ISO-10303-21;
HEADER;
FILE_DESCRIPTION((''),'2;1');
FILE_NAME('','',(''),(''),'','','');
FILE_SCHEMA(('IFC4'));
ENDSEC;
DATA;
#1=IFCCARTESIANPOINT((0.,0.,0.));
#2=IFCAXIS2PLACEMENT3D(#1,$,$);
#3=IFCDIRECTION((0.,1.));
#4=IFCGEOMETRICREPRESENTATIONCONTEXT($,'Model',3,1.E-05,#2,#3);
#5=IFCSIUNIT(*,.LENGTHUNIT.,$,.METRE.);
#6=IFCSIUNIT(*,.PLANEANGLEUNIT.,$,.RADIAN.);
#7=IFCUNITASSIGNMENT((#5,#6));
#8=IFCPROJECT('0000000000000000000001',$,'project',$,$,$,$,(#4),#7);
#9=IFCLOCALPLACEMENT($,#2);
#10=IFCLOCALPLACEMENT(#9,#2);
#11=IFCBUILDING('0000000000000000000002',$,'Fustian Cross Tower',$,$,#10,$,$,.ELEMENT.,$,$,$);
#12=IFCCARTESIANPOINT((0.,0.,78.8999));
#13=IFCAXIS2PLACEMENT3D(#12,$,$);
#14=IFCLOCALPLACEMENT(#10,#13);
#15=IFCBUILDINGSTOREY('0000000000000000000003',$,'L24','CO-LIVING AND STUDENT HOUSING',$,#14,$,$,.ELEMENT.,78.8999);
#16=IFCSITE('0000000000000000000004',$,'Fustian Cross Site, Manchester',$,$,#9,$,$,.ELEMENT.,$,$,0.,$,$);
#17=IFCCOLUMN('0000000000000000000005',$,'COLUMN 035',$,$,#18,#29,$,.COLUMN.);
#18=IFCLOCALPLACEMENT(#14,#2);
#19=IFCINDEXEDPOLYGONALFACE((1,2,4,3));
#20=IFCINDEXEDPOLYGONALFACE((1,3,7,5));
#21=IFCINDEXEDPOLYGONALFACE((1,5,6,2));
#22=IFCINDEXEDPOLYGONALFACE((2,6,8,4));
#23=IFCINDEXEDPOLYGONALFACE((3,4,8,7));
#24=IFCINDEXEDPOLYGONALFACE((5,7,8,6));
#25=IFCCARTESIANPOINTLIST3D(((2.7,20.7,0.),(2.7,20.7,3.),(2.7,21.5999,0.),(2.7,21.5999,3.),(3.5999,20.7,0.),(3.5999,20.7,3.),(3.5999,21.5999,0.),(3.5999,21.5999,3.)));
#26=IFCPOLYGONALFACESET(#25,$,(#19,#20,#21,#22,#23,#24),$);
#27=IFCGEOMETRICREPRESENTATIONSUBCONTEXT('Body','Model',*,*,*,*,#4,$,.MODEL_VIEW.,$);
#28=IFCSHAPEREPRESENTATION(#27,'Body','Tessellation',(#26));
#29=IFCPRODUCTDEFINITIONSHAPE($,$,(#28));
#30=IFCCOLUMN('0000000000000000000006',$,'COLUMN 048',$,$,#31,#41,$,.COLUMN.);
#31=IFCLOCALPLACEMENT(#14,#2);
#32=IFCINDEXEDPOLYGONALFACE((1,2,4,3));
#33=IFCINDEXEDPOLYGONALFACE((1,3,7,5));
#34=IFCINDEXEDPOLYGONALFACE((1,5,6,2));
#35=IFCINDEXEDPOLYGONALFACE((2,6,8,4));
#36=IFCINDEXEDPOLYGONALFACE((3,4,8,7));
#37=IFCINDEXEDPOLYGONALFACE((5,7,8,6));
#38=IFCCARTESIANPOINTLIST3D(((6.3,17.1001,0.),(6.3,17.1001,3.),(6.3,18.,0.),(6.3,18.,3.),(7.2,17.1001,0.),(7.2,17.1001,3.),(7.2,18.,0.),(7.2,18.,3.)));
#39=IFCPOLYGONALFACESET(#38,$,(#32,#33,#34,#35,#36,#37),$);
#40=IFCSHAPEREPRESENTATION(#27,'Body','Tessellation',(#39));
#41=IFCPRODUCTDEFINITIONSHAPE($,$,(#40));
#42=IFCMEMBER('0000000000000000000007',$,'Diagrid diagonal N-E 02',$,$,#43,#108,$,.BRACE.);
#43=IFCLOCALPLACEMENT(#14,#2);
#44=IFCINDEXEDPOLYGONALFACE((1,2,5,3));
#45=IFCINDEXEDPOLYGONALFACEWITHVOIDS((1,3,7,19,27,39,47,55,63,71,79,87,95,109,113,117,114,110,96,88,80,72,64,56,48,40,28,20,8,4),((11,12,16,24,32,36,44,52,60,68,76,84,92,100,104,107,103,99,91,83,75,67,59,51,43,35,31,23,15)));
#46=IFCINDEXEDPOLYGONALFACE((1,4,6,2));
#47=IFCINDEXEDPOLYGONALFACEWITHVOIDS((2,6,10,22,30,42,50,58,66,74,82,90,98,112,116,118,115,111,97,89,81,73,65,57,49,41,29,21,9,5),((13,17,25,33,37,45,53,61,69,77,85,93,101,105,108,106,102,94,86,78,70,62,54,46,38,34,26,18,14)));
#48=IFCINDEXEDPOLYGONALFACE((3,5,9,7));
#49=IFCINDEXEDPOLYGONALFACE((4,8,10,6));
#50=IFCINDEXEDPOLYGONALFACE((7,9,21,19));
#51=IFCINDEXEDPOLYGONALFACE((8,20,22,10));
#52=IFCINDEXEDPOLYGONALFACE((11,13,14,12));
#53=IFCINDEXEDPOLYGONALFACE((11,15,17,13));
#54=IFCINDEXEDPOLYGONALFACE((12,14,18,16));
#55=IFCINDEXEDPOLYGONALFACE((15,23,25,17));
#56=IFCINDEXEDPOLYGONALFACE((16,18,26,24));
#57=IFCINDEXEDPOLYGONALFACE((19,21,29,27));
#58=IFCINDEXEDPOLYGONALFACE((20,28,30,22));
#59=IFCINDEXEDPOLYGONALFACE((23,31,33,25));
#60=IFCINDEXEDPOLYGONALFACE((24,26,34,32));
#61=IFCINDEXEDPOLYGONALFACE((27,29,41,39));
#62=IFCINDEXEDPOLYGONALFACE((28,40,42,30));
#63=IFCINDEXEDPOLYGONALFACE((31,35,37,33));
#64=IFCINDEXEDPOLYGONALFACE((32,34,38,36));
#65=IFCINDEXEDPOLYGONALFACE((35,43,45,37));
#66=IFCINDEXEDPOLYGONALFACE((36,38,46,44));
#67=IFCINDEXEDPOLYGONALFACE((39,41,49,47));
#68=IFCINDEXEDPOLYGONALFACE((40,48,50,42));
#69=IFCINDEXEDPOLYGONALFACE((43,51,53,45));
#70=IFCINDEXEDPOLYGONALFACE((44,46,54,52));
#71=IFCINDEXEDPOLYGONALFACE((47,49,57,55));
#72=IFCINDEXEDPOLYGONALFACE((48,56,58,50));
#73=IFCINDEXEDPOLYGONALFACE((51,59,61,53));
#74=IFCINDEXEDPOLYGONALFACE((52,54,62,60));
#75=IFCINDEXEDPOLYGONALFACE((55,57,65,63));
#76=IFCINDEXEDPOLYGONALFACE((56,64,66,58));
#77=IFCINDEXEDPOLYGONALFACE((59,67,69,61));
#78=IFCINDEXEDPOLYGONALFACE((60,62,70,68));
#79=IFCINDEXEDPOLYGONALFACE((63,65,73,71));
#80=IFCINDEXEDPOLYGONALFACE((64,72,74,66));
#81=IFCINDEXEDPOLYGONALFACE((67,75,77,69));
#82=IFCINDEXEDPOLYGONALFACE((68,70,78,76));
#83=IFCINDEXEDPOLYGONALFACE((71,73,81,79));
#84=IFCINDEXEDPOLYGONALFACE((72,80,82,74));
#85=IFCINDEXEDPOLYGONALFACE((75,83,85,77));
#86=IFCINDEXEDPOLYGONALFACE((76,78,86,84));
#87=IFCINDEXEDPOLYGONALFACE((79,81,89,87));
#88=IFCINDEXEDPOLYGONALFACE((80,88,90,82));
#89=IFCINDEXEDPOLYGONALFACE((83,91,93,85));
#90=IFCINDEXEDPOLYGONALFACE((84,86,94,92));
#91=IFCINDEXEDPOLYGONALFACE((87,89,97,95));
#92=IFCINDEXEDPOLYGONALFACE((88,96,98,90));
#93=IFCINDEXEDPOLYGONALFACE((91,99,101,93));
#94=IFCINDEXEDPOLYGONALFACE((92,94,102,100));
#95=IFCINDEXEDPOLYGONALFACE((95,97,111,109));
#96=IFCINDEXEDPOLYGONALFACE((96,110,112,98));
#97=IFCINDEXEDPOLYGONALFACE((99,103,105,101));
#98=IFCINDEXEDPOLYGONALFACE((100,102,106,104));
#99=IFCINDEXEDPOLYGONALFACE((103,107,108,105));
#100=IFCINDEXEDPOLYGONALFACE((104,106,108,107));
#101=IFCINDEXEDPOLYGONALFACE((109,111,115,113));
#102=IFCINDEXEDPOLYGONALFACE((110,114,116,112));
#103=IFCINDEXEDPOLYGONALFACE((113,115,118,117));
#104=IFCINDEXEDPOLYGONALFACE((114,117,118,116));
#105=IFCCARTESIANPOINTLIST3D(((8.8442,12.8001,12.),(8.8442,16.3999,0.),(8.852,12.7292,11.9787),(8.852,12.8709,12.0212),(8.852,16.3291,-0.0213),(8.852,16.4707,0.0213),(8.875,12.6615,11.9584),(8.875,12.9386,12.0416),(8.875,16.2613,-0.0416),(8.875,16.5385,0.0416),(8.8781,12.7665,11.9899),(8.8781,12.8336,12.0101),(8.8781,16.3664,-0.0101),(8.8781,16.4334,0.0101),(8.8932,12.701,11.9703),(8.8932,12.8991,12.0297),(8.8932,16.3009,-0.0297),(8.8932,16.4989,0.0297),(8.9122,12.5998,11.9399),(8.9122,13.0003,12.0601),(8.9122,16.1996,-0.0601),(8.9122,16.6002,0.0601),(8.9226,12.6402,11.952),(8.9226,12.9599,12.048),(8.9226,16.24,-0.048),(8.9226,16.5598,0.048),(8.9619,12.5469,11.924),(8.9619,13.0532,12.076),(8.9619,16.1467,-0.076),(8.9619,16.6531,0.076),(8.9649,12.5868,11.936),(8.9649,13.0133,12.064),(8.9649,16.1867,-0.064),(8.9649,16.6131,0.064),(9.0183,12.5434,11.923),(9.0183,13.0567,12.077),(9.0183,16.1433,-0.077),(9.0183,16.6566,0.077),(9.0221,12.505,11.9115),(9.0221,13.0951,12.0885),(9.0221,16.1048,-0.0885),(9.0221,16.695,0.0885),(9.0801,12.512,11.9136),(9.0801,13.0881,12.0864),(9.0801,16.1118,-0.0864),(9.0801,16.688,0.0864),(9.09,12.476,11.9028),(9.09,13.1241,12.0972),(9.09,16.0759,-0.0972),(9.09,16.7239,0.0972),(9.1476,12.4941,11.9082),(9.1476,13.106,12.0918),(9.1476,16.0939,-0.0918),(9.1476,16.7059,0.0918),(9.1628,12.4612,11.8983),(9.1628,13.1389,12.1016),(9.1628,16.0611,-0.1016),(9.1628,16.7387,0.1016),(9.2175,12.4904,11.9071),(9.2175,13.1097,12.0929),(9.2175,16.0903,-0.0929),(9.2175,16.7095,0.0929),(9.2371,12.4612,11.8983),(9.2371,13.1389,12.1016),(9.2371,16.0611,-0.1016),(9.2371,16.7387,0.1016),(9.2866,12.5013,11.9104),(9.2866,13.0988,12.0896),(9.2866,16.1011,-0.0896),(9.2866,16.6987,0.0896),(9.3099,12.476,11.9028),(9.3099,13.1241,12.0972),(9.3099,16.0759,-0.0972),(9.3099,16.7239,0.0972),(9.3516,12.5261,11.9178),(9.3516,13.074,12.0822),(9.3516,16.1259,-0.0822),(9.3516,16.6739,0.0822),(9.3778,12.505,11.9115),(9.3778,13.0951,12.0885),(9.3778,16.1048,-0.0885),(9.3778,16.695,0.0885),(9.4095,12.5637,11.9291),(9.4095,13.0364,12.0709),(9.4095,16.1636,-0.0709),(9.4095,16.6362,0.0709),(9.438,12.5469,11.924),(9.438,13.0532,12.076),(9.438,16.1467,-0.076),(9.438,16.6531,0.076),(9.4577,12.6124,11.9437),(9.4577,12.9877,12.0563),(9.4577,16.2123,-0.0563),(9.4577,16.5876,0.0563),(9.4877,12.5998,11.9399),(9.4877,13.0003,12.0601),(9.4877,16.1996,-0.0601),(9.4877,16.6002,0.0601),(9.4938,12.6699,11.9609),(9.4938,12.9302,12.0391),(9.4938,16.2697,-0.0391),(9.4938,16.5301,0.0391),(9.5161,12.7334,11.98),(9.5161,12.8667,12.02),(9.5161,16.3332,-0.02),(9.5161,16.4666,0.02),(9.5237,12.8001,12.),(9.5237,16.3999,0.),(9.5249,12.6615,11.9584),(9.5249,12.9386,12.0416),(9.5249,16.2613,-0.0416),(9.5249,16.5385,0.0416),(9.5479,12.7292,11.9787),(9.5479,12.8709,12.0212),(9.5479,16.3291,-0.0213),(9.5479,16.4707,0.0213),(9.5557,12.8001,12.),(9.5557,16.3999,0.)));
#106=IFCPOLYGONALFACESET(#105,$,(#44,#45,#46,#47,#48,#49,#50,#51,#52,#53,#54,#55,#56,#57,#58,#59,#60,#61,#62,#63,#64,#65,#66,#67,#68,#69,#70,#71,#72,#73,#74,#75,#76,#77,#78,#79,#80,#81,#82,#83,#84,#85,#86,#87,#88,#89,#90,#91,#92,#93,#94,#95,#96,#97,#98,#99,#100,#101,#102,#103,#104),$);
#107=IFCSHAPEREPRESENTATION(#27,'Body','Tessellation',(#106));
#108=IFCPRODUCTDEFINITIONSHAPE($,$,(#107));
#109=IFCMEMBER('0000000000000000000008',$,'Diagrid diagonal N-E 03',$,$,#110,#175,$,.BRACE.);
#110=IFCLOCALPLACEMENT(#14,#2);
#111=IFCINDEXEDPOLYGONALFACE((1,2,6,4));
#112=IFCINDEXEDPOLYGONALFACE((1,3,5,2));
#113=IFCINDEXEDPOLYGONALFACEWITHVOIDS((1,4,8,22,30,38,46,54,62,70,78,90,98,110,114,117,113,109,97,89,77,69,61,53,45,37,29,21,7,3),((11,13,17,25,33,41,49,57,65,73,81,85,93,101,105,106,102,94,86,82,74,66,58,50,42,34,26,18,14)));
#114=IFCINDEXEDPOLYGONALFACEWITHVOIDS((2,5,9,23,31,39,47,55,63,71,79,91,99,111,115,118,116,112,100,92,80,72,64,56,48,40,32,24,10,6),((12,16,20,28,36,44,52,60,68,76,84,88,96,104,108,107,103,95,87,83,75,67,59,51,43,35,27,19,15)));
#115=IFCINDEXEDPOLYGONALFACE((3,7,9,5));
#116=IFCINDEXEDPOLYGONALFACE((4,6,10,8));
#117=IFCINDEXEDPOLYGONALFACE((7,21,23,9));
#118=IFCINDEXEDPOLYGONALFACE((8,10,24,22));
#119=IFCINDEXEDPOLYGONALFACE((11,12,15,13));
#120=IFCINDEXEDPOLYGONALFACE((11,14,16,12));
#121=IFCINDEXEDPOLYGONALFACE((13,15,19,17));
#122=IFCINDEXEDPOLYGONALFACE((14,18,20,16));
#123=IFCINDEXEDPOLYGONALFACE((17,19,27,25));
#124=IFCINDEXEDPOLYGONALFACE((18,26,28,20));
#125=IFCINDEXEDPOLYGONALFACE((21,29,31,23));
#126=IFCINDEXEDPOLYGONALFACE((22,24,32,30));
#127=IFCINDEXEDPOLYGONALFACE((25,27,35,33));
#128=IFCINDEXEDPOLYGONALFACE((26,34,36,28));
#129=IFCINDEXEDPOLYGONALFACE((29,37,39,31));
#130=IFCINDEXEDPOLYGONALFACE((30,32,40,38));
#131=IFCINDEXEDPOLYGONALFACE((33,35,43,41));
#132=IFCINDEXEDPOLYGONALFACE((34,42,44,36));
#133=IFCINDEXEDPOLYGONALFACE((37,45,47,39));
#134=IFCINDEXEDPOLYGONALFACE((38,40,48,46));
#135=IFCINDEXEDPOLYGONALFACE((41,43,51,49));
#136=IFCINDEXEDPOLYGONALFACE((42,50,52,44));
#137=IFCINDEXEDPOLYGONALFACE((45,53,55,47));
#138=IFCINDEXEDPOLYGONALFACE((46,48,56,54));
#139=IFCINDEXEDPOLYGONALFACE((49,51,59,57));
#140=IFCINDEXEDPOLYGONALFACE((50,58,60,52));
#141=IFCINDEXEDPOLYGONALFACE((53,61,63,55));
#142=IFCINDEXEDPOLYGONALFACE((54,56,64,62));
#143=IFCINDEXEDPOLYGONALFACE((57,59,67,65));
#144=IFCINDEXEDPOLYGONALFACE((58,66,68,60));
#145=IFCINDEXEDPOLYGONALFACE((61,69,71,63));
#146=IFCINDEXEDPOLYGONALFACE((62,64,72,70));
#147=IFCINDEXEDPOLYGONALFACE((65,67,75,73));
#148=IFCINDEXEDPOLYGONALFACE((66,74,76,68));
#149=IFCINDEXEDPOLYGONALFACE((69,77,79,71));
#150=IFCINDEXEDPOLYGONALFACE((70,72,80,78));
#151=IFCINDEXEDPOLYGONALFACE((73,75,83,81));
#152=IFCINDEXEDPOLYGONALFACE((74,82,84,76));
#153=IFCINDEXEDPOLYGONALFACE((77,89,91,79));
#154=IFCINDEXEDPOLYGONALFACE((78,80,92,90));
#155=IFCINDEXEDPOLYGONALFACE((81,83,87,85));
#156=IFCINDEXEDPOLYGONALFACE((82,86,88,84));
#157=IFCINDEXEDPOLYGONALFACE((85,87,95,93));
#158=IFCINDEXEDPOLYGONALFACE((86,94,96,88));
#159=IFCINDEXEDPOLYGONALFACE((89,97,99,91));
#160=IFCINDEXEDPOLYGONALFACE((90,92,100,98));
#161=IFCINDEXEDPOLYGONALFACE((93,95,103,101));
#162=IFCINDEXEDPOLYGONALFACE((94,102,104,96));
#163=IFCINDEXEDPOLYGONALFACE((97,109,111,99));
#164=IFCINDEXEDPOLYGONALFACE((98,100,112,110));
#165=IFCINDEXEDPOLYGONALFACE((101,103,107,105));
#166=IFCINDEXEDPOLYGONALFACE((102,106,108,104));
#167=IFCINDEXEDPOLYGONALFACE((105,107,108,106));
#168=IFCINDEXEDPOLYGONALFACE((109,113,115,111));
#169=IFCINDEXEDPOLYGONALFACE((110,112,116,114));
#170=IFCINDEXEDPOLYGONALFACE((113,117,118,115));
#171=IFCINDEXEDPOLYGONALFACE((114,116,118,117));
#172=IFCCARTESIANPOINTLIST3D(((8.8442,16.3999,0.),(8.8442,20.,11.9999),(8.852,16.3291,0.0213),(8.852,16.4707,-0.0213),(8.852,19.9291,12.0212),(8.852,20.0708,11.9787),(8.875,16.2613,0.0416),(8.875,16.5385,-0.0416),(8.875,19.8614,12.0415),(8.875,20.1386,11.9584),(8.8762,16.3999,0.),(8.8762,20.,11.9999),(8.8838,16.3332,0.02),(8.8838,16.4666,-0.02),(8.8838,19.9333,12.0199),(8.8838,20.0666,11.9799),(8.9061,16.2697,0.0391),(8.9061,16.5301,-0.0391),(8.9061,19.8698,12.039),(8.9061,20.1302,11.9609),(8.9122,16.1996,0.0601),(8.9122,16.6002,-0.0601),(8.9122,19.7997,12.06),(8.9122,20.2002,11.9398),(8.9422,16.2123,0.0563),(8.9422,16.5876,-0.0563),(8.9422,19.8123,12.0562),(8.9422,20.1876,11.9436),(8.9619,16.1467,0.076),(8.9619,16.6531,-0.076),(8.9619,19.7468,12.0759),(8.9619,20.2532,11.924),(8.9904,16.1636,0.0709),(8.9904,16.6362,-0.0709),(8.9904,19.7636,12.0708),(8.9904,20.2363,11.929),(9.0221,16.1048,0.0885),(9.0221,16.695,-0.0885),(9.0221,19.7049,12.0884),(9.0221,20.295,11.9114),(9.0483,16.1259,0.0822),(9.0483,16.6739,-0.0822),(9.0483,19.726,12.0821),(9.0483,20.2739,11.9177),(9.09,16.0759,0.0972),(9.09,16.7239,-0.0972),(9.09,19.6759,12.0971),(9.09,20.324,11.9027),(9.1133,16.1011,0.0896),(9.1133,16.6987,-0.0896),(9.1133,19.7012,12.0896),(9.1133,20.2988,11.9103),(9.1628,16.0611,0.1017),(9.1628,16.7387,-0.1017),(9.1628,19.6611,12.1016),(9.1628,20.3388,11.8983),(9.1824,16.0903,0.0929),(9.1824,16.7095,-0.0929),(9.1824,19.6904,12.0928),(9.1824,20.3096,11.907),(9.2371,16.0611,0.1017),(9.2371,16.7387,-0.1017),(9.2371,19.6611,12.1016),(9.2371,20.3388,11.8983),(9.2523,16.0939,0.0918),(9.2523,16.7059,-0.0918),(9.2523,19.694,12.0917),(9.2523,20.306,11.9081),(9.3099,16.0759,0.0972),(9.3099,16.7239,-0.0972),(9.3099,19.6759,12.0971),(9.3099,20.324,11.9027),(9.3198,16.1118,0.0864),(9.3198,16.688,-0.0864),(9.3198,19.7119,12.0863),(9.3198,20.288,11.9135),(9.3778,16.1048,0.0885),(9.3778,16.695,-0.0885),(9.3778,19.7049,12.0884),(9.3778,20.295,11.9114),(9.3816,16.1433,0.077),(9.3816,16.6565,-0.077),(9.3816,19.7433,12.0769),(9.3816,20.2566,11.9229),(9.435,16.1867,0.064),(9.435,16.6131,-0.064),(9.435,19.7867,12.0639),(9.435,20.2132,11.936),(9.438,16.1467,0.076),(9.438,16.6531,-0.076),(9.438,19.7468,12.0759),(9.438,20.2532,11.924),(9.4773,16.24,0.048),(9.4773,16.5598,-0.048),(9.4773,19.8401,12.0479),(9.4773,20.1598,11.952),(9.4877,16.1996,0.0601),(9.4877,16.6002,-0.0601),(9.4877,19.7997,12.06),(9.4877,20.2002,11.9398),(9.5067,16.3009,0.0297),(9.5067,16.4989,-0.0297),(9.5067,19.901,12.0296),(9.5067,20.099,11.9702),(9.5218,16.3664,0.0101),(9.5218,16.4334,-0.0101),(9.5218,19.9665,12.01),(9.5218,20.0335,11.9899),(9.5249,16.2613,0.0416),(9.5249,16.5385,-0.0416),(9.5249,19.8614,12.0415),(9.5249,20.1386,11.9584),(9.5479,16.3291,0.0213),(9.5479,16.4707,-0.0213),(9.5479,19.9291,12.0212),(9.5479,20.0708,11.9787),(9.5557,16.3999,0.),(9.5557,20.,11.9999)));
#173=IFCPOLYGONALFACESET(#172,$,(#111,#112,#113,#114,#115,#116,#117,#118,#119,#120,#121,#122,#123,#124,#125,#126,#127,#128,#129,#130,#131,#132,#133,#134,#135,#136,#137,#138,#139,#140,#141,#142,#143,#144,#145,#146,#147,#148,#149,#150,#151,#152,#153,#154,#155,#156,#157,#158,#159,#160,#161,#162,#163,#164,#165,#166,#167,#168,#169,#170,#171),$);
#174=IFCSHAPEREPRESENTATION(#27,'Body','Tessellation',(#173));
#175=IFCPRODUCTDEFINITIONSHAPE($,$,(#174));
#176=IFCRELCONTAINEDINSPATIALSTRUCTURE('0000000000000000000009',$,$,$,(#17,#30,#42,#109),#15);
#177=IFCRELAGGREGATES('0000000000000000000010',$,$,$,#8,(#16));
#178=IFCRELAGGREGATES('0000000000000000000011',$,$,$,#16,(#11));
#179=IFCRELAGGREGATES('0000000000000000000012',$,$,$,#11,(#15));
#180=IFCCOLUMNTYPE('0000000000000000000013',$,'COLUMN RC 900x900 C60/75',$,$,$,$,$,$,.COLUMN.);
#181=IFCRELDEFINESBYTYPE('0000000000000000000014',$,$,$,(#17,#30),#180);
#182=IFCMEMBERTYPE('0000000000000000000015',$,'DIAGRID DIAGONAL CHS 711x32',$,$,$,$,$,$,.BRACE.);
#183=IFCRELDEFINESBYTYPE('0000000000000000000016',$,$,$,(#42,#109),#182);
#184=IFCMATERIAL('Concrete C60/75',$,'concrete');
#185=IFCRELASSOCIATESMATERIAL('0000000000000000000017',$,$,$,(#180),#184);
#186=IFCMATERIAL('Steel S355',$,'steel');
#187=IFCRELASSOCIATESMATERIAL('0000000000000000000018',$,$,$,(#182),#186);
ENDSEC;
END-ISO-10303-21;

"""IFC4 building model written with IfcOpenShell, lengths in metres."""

from ifc_helpers import new_model, si_unit, direction, frame, origin, origin_2d, place, context, subcontext, project, spatial, rectangle, hollow_circle, extrude, material, material_profile, profile_set, type_object, element, save


model = new_model("IFC4")

# Units and contexts
model_context = context("Model", 3, precision=1e-05, world=origin(), true_north=direction((0.0, 1.0)))
body_context = subcontext(model_context, "Body", "Model", "MODEL_VIEW")
ifc_project = project(units=[si_unit("LENGTHUNIT", "METRE"), si_unit("PLANEANGLEUNIT", "RADIAN")], contexts=[model_context])

# Site, building, storey
site_placement = place(None, origin())
site = spatial("IfcSite", under=ifc_project, at=site_placement, Name="Fustian Cross Site, Manchester", CompositionType="ELEMENT", RefElevation=0.0)
building_placement = place(site_placement, origin())
building = spatial("IfcBuilding", under=site, at=building_placement, Name="Fustian Cross Tower", CompositionType="ELEMENT")
storey_placement = place(building_placement, frame((0.0, 0.0, 78.8999)))
storey = spatial("IfcBuildingStorey", under=building, at=storey_placement, Name="L24", Description="CO-LIVING AND STUDENT HOUSING", CompositionType="ELEMENT", Elevation=78.8999)

# Columns
ifc_material_1 = material(Name="Concrete C60/75", Category="concrete")
ifc_material_profile_1 = material_profile(ifc_material_1, rectangle(XDim=0.8999, YDim=0.8999, at=origin_2d()), Name="RC 900x900")
ifc_profile_set_1 = profile_set([ifc_material_profile_1], Name="Concrete C60/75")
column_type = type_object("IfcColumnType", Name="COLUMN RC 900x900 C60/75", PredefinedType="COLUMN", material=ifc_profile_set_1)
for number, where, z_axis, x_axis, name in (
    (1, (3.1499, 21.1499, 0.0), (0.0, 0.0, 1.0), (1.0, 0.0, 0.0), "COLUMN 035"),
    (2, (6.75, 17.55, 0.0), (0.0, 0.0, 1.0), (1.0, 0.0, 0.0), "COLUMN 048"),
):
    element("IfcColumn", number, at=place(storey_placement, frame(where, z_axis=z_axis, x_axis=x_axis)), inside=storey, type_object=column_type, Name=name, PredefinedType="COLUMN", context=body_context, shape_type="SweptSolid", body=[
        extrude(rectangle(XDim=0.8999, YDim=0.8999, at=origin_2d()), origin(), (0.0, 0.0, 1.0), 3.0),
    ])

# Members
ifc_material_2 = material(Name="Steel S355", Category="steel")
ifc_material_profile_2 = material_profile(ifc_material_2, hollow_circle(Radius=0.3557, WallThickness=0.032, at=origin_2d()), Name="CHS 711x32")
ifc_profile_set_2 = profile_set([ifc_material_profile_2], Name="Steel S355")
member_type_1 = type_object("IfcMemberType", Name="DIAGRID DIAGONAL CHS 711x32", PredefinedType="BRACE", material=ifc_profile_set_2)
for number, where, z_axis, x_axis, name in (
    (3, (9.2, 16.3999, 0.0), (0.0, -0.287337, 0.95783), (1.0, 0.0, 0.0), "Diagrid diagonal N-E 02"),
    (4, (9.2, 16.3999, 0.0), (0.0, 0.287355, 0.957824), (-1.0, 0.0, 0.0), "Diagrid diagonal N-E 03"),
):
    element("IfcMember", number, at=place(storey_placement, frame(where, z_axis=z_axis, x_axis=x_axis)), inside=storey, type_object=member_type_1, Name=name, PredefinedType="BRACE", context=body_context, shape_type="SweptSolid", body=[
        extrude(hollow_circle(Radius=0.3557, WallThickness=0.032, at=origin_2d()), origin(), (0.0, 0.0, 1.0), 12.5283),
    ])

save(model, "model.ifc")
